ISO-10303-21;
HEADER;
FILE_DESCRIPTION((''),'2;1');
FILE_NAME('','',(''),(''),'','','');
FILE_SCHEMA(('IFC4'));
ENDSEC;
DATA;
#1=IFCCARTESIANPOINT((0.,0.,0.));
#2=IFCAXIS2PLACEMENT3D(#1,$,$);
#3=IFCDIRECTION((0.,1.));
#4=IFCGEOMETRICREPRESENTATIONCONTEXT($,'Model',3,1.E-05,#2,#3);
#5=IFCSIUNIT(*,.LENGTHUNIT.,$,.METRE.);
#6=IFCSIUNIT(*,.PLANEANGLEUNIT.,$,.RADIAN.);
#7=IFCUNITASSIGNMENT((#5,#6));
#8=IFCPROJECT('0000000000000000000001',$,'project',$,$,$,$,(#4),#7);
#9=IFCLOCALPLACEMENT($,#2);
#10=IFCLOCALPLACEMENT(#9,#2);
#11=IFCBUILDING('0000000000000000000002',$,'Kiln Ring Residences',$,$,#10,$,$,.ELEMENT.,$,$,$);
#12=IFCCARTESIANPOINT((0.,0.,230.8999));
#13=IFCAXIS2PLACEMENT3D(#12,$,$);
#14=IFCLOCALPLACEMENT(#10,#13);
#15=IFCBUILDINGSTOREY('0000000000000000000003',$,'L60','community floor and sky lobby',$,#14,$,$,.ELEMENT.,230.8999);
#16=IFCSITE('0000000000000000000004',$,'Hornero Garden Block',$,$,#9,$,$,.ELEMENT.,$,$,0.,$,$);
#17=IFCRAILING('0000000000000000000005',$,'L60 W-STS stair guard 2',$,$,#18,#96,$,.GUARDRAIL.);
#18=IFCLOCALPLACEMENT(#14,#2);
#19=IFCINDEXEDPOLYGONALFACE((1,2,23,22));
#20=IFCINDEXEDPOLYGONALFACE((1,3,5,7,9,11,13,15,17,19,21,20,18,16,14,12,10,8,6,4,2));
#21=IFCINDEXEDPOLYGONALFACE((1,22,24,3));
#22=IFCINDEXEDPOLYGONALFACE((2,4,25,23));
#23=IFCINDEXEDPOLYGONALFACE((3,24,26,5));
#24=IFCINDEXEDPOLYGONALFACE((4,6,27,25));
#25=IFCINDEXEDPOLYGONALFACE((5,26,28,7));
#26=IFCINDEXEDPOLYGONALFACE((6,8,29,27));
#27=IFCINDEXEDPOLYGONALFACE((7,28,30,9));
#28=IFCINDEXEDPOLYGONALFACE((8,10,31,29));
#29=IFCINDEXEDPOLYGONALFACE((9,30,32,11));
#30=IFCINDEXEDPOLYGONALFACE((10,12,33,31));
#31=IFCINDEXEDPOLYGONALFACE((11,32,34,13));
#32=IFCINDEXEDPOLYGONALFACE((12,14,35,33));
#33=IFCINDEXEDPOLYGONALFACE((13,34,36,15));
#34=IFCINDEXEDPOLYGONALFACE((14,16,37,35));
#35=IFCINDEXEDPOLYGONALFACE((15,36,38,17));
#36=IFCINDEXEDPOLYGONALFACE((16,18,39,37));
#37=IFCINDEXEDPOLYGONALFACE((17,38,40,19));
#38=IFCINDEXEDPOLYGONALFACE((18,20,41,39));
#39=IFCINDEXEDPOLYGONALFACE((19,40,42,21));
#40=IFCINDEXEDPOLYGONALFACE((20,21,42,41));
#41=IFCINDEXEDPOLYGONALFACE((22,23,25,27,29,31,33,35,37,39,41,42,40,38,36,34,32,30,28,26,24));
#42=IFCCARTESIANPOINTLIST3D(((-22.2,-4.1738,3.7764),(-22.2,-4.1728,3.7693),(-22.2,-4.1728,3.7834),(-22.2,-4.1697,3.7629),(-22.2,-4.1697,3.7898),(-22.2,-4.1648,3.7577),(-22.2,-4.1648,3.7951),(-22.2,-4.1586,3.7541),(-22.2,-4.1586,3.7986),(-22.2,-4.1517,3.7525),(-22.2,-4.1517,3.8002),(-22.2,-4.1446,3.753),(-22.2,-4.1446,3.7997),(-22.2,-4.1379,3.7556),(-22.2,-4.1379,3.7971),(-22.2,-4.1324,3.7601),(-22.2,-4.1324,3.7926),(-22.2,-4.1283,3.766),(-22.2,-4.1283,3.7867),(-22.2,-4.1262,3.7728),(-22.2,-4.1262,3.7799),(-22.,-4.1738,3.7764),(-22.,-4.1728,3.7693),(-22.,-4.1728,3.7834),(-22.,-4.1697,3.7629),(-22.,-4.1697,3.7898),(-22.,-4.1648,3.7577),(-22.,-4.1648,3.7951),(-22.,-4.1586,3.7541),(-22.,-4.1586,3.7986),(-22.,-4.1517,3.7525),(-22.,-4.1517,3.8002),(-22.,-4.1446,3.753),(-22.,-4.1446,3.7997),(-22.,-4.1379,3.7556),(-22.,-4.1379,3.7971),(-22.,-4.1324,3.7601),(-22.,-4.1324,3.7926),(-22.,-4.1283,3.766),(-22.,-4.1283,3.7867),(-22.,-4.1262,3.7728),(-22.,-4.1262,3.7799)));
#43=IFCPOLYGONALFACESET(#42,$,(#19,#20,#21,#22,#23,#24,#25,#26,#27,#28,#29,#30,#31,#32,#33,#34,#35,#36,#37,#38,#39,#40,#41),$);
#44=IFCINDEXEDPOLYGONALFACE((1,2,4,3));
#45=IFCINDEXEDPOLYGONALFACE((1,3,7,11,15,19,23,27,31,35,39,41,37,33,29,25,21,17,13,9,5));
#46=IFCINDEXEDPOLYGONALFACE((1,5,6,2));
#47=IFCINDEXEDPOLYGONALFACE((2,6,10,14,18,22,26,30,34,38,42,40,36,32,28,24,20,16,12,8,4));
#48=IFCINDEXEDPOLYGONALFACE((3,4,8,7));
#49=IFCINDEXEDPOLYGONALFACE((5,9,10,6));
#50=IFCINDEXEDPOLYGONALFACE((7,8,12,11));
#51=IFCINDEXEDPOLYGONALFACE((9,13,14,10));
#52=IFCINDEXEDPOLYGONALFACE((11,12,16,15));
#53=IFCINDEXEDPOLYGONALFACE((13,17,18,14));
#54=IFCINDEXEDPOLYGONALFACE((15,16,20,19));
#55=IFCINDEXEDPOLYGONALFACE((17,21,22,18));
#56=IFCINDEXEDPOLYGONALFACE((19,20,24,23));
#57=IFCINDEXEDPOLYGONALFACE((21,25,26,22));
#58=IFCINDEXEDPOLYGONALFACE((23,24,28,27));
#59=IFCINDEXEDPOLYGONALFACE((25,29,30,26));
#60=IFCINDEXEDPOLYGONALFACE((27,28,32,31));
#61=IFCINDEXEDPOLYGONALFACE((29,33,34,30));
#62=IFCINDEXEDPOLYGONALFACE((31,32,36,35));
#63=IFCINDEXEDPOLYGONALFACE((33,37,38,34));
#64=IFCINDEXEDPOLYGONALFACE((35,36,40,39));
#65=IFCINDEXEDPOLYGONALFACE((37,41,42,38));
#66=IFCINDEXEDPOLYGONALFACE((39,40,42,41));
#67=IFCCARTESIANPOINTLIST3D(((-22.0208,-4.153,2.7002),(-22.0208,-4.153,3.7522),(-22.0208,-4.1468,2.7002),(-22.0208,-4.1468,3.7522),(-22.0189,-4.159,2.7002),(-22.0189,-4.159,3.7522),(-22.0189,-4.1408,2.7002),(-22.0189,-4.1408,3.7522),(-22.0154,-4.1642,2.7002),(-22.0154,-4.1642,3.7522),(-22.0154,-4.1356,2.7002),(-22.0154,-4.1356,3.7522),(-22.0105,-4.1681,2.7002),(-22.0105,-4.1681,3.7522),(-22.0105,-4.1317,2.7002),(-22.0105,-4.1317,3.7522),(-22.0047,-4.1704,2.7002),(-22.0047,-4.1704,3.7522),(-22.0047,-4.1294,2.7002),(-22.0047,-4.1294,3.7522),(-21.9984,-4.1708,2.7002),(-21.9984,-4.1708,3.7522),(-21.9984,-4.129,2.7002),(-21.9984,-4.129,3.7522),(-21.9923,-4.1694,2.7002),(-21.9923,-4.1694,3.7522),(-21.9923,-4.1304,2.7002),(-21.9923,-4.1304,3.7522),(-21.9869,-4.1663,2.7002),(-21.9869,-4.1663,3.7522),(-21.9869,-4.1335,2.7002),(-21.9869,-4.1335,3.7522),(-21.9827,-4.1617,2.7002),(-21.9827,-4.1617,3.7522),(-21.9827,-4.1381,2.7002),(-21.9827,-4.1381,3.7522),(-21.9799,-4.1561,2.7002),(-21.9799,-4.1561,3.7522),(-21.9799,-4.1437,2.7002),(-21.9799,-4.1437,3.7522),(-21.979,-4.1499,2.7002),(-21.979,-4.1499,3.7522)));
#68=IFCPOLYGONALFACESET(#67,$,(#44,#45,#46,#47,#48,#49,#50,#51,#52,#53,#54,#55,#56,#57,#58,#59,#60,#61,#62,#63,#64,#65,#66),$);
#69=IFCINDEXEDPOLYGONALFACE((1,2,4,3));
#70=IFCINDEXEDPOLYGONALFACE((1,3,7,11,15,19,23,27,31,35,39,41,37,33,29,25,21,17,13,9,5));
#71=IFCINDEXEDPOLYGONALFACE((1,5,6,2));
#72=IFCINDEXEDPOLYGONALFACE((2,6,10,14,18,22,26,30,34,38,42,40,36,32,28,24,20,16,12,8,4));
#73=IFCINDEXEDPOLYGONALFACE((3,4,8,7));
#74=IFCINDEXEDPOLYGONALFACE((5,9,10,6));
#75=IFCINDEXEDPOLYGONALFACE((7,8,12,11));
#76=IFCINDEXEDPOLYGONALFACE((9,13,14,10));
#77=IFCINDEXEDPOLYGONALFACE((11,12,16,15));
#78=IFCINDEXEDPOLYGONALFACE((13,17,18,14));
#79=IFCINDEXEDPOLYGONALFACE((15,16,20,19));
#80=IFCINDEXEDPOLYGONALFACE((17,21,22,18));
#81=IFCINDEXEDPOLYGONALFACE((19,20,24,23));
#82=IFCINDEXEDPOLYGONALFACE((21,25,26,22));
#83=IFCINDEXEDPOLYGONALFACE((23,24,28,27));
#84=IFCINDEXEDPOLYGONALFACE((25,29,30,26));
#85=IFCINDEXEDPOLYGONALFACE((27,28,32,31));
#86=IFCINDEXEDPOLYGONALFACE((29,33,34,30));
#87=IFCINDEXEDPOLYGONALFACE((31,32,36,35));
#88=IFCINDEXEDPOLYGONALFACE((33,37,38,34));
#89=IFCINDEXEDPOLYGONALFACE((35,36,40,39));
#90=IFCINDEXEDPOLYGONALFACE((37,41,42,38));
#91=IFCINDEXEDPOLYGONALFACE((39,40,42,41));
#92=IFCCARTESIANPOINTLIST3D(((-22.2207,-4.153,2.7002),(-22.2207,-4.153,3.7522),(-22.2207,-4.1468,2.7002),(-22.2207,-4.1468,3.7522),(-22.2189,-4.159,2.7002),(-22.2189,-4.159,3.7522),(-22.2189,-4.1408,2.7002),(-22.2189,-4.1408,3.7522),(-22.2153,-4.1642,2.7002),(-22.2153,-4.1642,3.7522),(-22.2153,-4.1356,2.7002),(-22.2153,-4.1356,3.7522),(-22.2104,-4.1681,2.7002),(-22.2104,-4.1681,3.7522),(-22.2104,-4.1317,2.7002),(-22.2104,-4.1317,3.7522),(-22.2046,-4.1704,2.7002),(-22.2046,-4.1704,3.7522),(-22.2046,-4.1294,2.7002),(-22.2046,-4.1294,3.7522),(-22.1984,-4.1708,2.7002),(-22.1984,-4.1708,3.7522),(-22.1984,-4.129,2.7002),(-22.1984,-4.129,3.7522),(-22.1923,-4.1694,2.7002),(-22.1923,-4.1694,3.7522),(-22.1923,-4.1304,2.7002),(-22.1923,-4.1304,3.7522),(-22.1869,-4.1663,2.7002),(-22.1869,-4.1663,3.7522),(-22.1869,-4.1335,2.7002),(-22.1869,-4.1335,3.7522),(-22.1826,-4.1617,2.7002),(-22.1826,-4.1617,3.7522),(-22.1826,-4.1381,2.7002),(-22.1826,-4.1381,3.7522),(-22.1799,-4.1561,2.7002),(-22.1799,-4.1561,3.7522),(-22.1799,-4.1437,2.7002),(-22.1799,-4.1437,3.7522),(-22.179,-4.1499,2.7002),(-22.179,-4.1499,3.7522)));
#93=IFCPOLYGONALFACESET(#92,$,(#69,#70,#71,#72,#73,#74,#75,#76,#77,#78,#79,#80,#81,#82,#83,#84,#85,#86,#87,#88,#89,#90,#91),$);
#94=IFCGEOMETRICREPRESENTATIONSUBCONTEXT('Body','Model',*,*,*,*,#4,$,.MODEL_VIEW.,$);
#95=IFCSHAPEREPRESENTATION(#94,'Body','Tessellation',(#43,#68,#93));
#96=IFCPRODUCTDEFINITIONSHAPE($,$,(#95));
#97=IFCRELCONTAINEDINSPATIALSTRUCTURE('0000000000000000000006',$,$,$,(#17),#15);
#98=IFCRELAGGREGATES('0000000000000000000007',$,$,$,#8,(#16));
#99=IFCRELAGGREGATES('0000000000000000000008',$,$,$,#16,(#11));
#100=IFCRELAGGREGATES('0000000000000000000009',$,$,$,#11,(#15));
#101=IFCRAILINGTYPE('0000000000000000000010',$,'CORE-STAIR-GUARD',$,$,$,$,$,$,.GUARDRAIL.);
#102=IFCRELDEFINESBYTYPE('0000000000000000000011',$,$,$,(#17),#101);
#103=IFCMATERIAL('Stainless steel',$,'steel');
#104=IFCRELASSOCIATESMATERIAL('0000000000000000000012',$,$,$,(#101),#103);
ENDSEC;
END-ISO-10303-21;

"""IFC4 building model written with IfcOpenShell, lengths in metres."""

from ifc_helpers import new_model, si_unit, direction, frame, origin, origin_2d, place, context, subcontext, project, spatial, circle, extrude, material, type_object, element, save


model = new_model("IFC4")

# Units and contexts
model_context = context("Model", 3, precision=1e-05, world=origin(), true_north=direction((0.0, 1.0)))
body_context = subcontext(model_context, "Body", "Model", "MODEL_VIEW")
ifc_project = project(units=[si_unit("LENGTHUNIT", "METRE"), si_unit("PLANEANGLEUNIT", "RADIAN")], contexts=[model_context])

# Site, building, storey
site_placement = place(None, origin())
site = spatial("IfcSite", under=ifc_project, at=site_placement, Name="Hornero Garden Block", CompositionType="ELEMENT", RefElevation=0.0)
building_placement = place(site_placement, origin())
building = spatial("IfcBuilding", under=site, at=building_placement, Name="Kiln Ring Residences", CompositionType="ELEMENT")
storey_placement = place(building_placement, frame((0.0, 0.0, 230.8999)))
storey = spatial("IfcBuildingStorey", under=building, at=storey_placement, Name="L60", Description="community floor and sky lobby", CompositionType="ELEMENT", Elevation=230.8999)

# Railing
ifc_material_1 = material(Name="Stainless steel", Category="steel")
railing_type_1 = type_object("IfcRailingType", Name="CORE-STAIR-GUARD", PredefinedType="GUARDRAIL", material=ifc_material_1)
railing_1_placement = place(storey_placement, frame((-22.0, -4.1499, 2.7002)))
element("IfcRailing", 1, at=railing_1_placement, inside=storey, type_object=railing_type_1, Name="L60 W-STS stair guard 2", PredefinedType="GUARDRAIL", context=body_context, shape_type="SweptSolid", body=[
    extrude(circle(Radius=0.0239, at=origin_2d()), frame((0.0, 0.0, 1.0762), z_axis=(-1.0, 0.0, 0.0), x_axis=(0.0, -1.0, 0.0)), (0.0, 0.0, 1.0), 0.2),
    extrude(circle(Radius=0.021, at=origin_2d()), origin(), (0.0, 0.0, 1.0), 1.052),
    extrude(circle(Radius=0.021, at=origin_2d()), frame((-0.2, 0.0, 0.0)), (0.0, 0.0, 1.0), 1.052),
])

save(model, "model.ifc")
